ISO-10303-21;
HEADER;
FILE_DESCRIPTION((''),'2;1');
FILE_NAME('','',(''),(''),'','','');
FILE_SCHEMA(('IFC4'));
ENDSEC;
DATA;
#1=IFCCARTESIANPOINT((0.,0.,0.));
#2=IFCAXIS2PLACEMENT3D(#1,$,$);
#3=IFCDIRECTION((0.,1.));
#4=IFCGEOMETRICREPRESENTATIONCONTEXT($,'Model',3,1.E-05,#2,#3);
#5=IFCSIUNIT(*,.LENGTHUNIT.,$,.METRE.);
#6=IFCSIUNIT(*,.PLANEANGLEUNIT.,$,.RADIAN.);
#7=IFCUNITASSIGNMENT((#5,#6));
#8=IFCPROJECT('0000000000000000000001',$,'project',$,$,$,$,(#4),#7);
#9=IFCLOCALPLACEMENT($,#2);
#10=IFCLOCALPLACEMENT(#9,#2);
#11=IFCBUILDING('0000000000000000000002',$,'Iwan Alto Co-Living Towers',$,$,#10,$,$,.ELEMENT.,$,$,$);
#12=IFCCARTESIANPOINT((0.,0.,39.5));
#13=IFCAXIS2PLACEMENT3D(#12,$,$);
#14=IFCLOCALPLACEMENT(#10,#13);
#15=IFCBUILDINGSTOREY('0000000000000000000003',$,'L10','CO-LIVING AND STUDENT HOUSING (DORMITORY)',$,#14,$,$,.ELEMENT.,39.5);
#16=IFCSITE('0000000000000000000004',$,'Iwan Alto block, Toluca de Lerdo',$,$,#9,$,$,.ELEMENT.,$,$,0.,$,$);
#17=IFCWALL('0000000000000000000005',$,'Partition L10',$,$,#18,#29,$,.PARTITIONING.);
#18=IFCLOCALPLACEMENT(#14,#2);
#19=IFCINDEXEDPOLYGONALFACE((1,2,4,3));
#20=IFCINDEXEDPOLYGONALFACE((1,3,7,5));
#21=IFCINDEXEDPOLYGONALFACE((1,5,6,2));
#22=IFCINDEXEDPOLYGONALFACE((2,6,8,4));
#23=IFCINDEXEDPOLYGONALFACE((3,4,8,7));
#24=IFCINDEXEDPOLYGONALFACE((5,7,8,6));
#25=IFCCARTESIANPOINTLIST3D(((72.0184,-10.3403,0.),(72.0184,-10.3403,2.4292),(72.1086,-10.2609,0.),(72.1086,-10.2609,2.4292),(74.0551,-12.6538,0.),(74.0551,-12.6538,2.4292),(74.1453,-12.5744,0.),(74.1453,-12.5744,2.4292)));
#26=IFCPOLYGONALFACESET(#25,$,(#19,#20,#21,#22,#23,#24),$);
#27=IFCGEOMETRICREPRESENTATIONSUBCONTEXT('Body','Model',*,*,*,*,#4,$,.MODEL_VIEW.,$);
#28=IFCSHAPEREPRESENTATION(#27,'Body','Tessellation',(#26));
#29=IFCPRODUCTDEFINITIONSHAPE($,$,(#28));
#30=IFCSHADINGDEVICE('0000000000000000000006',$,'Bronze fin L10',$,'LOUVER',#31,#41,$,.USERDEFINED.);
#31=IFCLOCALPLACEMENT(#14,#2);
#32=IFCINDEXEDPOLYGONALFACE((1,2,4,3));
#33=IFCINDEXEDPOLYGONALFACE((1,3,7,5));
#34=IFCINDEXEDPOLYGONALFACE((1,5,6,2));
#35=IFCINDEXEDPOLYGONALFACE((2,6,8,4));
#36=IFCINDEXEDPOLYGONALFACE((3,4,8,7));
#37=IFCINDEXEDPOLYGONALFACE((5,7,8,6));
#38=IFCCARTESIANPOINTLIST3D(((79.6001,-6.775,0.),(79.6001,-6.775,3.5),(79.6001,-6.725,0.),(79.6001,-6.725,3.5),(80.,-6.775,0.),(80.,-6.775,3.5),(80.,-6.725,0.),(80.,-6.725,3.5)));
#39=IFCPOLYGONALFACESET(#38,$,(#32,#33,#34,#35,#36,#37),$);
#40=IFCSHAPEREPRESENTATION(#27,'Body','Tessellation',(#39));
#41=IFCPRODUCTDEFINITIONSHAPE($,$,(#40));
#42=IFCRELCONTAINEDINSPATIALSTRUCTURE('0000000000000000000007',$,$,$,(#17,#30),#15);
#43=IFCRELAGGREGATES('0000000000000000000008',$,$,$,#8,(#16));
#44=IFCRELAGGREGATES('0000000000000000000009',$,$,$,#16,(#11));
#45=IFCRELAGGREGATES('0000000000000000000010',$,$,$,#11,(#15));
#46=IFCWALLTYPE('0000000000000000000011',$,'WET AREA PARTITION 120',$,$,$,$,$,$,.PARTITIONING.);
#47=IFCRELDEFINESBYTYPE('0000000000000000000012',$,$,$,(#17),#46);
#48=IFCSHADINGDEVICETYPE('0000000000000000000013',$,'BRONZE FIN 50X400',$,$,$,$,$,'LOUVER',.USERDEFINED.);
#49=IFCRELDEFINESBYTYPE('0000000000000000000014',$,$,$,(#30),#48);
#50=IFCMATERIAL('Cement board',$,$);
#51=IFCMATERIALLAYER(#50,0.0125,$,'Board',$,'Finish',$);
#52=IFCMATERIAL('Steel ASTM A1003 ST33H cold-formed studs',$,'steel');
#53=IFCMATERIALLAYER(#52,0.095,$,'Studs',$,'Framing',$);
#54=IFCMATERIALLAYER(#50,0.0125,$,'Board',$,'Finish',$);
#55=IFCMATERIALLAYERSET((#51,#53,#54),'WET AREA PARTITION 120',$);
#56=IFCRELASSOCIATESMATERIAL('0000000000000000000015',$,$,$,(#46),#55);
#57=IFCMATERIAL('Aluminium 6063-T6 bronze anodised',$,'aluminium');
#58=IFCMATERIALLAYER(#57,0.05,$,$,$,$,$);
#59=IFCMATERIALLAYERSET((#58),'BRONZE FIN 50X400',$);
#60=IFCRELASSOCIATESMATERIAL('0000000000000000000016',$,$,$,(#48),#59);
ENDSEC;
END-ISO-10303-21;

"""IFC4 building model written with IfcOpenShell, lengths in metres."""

from ifc_helpers import new_model, si_unit, direction, frame, frame_2d, origin, origin_2d, place, context, subcontext, project, spatial, rectangle, extrude, material, layer, layer_set, type_object, element, save


model = new_model("IFC4")

# Units and contexts
model_context = context("Model", 3, precision=1e-05, world=origin(), true_north=direction((0.0, 1.0)))
body_context = subcontext(model_context, "Body", "Model", "MODEL_VIEW")
ifc_project = project(units=[si_unit("LENGTHUNIT", "METRE"), si_unit("PLANEANGLEUNIT", "RADIAN")], contexts=[model_context])

# Site, building, storey
site_placement = place(None, origin())
site = spatial("IfcSite", under=ifc_project, at=site_placement, Name="Iwan Alto block, Toluca de Lerdo", CompositionType="ELEMENT", RefElevation=0.0)
building_placement = place(site_placement, origin())
building = spatial("IfcBuilding", under=site, at=building_placement, Name="Iwan Alto Co-Living Towers", CompositionType="ELEMENT")
storey_placement = place(building_placement, frame((0.0, 0.0, 39.5)))
storey = spatial("IfcBuildingStorey", under=building, at=storey_placement, Name="L10", Description="CO-LIVING AND STUDENT HOUSING (DORMITORY)", CompositionType="ELEMENT", Elevation=39.5)

# Shared definitions
ifc_material_1 = material(Name="Steel ASTM A1003 ST33H cold-formed studs", Category="steel")
ifc_material_2 = material(Name="Cement board")
ifc_layer_1 = layer(ifc_material_2, 0.0125, Name="Board", Category="Finish")
ifc_layer_2 = layer(ifc_material_1, 0.095, Name="Studs", Category="Framing")
ifc_layer_3 = layer(ifc_material_2, 0.0125, Name="Board", Category="Finish")
ifc_layer_set_1 = layer_set([ifc_layer_1, ifc_layer_2, ifc_layer_3], Name="WET AREA PARTITION 120")
wall_type_1 = type_object("IfcWallType", Name="WET AREA PARTITION 120", PredefinedType="PARTITIONING", material=ifc_layer_set_1)

# Wall
wall_1_placement = place(storey_placement, frame((74.1001, -12.614, 0.0), z_axis=(0.0, 0.0, 1.0), x_axis=(-0.660767, 0.750591, 0.0)))
element("IfcWall", 1, at=wall_1_placement, inside=storey, type_object=wall_type_1, Name="Partition L10", PredefinedType="PARTITIONING", context=body_context, shape_type="SweptSolid", body=[
    extrude(rectangle(XDim=3.0823, YDim=0.1201, at=frame_2d((1.541, 0.0))), origin(), (0.0, 0.0, 1.0), 2.4292),
])

# Shading device
ifc_material_3 = material(Name="Aluminium 6063-T6 bronze anodised", Category="aluminium")
ifc_layer_4 = layer(ifc_material_3, 0.05)
ifc_layer_set_2 = layer_set([ifc_layer_4], Name="BRONZE FIN 50X400")
shading_device_type = type_object("IfcShadingDeviceType", Name="BRONZE FIN 50X400", ElementType="LOUVER", PredefinedType="USERDEFINED", material=ifc_layer_set_2)
shading_device_placement = place(storey_placement, frame((79.8, -6.75, 0.0), z_axis=(0.0, 0.0, 1.0), x_axis=(0.0, 1.0, 0.0)))
element("IfcShadingDevice", 2, at=shading_device_placement, inside=storey, type_object=shading_device_type, Name="Bronze fin L10", ObjectType="LOUVER", PredefinedType="USERDEFINED", context=body_context, shape_type="SweptSolid", body=[
    extrude(rectangle(XDim=0.05, YDim=0.3999, at=origin_2d()), origin(), (0.0, 0.0, 1.0), 3.5),
])

save(model, "model.ifc")
